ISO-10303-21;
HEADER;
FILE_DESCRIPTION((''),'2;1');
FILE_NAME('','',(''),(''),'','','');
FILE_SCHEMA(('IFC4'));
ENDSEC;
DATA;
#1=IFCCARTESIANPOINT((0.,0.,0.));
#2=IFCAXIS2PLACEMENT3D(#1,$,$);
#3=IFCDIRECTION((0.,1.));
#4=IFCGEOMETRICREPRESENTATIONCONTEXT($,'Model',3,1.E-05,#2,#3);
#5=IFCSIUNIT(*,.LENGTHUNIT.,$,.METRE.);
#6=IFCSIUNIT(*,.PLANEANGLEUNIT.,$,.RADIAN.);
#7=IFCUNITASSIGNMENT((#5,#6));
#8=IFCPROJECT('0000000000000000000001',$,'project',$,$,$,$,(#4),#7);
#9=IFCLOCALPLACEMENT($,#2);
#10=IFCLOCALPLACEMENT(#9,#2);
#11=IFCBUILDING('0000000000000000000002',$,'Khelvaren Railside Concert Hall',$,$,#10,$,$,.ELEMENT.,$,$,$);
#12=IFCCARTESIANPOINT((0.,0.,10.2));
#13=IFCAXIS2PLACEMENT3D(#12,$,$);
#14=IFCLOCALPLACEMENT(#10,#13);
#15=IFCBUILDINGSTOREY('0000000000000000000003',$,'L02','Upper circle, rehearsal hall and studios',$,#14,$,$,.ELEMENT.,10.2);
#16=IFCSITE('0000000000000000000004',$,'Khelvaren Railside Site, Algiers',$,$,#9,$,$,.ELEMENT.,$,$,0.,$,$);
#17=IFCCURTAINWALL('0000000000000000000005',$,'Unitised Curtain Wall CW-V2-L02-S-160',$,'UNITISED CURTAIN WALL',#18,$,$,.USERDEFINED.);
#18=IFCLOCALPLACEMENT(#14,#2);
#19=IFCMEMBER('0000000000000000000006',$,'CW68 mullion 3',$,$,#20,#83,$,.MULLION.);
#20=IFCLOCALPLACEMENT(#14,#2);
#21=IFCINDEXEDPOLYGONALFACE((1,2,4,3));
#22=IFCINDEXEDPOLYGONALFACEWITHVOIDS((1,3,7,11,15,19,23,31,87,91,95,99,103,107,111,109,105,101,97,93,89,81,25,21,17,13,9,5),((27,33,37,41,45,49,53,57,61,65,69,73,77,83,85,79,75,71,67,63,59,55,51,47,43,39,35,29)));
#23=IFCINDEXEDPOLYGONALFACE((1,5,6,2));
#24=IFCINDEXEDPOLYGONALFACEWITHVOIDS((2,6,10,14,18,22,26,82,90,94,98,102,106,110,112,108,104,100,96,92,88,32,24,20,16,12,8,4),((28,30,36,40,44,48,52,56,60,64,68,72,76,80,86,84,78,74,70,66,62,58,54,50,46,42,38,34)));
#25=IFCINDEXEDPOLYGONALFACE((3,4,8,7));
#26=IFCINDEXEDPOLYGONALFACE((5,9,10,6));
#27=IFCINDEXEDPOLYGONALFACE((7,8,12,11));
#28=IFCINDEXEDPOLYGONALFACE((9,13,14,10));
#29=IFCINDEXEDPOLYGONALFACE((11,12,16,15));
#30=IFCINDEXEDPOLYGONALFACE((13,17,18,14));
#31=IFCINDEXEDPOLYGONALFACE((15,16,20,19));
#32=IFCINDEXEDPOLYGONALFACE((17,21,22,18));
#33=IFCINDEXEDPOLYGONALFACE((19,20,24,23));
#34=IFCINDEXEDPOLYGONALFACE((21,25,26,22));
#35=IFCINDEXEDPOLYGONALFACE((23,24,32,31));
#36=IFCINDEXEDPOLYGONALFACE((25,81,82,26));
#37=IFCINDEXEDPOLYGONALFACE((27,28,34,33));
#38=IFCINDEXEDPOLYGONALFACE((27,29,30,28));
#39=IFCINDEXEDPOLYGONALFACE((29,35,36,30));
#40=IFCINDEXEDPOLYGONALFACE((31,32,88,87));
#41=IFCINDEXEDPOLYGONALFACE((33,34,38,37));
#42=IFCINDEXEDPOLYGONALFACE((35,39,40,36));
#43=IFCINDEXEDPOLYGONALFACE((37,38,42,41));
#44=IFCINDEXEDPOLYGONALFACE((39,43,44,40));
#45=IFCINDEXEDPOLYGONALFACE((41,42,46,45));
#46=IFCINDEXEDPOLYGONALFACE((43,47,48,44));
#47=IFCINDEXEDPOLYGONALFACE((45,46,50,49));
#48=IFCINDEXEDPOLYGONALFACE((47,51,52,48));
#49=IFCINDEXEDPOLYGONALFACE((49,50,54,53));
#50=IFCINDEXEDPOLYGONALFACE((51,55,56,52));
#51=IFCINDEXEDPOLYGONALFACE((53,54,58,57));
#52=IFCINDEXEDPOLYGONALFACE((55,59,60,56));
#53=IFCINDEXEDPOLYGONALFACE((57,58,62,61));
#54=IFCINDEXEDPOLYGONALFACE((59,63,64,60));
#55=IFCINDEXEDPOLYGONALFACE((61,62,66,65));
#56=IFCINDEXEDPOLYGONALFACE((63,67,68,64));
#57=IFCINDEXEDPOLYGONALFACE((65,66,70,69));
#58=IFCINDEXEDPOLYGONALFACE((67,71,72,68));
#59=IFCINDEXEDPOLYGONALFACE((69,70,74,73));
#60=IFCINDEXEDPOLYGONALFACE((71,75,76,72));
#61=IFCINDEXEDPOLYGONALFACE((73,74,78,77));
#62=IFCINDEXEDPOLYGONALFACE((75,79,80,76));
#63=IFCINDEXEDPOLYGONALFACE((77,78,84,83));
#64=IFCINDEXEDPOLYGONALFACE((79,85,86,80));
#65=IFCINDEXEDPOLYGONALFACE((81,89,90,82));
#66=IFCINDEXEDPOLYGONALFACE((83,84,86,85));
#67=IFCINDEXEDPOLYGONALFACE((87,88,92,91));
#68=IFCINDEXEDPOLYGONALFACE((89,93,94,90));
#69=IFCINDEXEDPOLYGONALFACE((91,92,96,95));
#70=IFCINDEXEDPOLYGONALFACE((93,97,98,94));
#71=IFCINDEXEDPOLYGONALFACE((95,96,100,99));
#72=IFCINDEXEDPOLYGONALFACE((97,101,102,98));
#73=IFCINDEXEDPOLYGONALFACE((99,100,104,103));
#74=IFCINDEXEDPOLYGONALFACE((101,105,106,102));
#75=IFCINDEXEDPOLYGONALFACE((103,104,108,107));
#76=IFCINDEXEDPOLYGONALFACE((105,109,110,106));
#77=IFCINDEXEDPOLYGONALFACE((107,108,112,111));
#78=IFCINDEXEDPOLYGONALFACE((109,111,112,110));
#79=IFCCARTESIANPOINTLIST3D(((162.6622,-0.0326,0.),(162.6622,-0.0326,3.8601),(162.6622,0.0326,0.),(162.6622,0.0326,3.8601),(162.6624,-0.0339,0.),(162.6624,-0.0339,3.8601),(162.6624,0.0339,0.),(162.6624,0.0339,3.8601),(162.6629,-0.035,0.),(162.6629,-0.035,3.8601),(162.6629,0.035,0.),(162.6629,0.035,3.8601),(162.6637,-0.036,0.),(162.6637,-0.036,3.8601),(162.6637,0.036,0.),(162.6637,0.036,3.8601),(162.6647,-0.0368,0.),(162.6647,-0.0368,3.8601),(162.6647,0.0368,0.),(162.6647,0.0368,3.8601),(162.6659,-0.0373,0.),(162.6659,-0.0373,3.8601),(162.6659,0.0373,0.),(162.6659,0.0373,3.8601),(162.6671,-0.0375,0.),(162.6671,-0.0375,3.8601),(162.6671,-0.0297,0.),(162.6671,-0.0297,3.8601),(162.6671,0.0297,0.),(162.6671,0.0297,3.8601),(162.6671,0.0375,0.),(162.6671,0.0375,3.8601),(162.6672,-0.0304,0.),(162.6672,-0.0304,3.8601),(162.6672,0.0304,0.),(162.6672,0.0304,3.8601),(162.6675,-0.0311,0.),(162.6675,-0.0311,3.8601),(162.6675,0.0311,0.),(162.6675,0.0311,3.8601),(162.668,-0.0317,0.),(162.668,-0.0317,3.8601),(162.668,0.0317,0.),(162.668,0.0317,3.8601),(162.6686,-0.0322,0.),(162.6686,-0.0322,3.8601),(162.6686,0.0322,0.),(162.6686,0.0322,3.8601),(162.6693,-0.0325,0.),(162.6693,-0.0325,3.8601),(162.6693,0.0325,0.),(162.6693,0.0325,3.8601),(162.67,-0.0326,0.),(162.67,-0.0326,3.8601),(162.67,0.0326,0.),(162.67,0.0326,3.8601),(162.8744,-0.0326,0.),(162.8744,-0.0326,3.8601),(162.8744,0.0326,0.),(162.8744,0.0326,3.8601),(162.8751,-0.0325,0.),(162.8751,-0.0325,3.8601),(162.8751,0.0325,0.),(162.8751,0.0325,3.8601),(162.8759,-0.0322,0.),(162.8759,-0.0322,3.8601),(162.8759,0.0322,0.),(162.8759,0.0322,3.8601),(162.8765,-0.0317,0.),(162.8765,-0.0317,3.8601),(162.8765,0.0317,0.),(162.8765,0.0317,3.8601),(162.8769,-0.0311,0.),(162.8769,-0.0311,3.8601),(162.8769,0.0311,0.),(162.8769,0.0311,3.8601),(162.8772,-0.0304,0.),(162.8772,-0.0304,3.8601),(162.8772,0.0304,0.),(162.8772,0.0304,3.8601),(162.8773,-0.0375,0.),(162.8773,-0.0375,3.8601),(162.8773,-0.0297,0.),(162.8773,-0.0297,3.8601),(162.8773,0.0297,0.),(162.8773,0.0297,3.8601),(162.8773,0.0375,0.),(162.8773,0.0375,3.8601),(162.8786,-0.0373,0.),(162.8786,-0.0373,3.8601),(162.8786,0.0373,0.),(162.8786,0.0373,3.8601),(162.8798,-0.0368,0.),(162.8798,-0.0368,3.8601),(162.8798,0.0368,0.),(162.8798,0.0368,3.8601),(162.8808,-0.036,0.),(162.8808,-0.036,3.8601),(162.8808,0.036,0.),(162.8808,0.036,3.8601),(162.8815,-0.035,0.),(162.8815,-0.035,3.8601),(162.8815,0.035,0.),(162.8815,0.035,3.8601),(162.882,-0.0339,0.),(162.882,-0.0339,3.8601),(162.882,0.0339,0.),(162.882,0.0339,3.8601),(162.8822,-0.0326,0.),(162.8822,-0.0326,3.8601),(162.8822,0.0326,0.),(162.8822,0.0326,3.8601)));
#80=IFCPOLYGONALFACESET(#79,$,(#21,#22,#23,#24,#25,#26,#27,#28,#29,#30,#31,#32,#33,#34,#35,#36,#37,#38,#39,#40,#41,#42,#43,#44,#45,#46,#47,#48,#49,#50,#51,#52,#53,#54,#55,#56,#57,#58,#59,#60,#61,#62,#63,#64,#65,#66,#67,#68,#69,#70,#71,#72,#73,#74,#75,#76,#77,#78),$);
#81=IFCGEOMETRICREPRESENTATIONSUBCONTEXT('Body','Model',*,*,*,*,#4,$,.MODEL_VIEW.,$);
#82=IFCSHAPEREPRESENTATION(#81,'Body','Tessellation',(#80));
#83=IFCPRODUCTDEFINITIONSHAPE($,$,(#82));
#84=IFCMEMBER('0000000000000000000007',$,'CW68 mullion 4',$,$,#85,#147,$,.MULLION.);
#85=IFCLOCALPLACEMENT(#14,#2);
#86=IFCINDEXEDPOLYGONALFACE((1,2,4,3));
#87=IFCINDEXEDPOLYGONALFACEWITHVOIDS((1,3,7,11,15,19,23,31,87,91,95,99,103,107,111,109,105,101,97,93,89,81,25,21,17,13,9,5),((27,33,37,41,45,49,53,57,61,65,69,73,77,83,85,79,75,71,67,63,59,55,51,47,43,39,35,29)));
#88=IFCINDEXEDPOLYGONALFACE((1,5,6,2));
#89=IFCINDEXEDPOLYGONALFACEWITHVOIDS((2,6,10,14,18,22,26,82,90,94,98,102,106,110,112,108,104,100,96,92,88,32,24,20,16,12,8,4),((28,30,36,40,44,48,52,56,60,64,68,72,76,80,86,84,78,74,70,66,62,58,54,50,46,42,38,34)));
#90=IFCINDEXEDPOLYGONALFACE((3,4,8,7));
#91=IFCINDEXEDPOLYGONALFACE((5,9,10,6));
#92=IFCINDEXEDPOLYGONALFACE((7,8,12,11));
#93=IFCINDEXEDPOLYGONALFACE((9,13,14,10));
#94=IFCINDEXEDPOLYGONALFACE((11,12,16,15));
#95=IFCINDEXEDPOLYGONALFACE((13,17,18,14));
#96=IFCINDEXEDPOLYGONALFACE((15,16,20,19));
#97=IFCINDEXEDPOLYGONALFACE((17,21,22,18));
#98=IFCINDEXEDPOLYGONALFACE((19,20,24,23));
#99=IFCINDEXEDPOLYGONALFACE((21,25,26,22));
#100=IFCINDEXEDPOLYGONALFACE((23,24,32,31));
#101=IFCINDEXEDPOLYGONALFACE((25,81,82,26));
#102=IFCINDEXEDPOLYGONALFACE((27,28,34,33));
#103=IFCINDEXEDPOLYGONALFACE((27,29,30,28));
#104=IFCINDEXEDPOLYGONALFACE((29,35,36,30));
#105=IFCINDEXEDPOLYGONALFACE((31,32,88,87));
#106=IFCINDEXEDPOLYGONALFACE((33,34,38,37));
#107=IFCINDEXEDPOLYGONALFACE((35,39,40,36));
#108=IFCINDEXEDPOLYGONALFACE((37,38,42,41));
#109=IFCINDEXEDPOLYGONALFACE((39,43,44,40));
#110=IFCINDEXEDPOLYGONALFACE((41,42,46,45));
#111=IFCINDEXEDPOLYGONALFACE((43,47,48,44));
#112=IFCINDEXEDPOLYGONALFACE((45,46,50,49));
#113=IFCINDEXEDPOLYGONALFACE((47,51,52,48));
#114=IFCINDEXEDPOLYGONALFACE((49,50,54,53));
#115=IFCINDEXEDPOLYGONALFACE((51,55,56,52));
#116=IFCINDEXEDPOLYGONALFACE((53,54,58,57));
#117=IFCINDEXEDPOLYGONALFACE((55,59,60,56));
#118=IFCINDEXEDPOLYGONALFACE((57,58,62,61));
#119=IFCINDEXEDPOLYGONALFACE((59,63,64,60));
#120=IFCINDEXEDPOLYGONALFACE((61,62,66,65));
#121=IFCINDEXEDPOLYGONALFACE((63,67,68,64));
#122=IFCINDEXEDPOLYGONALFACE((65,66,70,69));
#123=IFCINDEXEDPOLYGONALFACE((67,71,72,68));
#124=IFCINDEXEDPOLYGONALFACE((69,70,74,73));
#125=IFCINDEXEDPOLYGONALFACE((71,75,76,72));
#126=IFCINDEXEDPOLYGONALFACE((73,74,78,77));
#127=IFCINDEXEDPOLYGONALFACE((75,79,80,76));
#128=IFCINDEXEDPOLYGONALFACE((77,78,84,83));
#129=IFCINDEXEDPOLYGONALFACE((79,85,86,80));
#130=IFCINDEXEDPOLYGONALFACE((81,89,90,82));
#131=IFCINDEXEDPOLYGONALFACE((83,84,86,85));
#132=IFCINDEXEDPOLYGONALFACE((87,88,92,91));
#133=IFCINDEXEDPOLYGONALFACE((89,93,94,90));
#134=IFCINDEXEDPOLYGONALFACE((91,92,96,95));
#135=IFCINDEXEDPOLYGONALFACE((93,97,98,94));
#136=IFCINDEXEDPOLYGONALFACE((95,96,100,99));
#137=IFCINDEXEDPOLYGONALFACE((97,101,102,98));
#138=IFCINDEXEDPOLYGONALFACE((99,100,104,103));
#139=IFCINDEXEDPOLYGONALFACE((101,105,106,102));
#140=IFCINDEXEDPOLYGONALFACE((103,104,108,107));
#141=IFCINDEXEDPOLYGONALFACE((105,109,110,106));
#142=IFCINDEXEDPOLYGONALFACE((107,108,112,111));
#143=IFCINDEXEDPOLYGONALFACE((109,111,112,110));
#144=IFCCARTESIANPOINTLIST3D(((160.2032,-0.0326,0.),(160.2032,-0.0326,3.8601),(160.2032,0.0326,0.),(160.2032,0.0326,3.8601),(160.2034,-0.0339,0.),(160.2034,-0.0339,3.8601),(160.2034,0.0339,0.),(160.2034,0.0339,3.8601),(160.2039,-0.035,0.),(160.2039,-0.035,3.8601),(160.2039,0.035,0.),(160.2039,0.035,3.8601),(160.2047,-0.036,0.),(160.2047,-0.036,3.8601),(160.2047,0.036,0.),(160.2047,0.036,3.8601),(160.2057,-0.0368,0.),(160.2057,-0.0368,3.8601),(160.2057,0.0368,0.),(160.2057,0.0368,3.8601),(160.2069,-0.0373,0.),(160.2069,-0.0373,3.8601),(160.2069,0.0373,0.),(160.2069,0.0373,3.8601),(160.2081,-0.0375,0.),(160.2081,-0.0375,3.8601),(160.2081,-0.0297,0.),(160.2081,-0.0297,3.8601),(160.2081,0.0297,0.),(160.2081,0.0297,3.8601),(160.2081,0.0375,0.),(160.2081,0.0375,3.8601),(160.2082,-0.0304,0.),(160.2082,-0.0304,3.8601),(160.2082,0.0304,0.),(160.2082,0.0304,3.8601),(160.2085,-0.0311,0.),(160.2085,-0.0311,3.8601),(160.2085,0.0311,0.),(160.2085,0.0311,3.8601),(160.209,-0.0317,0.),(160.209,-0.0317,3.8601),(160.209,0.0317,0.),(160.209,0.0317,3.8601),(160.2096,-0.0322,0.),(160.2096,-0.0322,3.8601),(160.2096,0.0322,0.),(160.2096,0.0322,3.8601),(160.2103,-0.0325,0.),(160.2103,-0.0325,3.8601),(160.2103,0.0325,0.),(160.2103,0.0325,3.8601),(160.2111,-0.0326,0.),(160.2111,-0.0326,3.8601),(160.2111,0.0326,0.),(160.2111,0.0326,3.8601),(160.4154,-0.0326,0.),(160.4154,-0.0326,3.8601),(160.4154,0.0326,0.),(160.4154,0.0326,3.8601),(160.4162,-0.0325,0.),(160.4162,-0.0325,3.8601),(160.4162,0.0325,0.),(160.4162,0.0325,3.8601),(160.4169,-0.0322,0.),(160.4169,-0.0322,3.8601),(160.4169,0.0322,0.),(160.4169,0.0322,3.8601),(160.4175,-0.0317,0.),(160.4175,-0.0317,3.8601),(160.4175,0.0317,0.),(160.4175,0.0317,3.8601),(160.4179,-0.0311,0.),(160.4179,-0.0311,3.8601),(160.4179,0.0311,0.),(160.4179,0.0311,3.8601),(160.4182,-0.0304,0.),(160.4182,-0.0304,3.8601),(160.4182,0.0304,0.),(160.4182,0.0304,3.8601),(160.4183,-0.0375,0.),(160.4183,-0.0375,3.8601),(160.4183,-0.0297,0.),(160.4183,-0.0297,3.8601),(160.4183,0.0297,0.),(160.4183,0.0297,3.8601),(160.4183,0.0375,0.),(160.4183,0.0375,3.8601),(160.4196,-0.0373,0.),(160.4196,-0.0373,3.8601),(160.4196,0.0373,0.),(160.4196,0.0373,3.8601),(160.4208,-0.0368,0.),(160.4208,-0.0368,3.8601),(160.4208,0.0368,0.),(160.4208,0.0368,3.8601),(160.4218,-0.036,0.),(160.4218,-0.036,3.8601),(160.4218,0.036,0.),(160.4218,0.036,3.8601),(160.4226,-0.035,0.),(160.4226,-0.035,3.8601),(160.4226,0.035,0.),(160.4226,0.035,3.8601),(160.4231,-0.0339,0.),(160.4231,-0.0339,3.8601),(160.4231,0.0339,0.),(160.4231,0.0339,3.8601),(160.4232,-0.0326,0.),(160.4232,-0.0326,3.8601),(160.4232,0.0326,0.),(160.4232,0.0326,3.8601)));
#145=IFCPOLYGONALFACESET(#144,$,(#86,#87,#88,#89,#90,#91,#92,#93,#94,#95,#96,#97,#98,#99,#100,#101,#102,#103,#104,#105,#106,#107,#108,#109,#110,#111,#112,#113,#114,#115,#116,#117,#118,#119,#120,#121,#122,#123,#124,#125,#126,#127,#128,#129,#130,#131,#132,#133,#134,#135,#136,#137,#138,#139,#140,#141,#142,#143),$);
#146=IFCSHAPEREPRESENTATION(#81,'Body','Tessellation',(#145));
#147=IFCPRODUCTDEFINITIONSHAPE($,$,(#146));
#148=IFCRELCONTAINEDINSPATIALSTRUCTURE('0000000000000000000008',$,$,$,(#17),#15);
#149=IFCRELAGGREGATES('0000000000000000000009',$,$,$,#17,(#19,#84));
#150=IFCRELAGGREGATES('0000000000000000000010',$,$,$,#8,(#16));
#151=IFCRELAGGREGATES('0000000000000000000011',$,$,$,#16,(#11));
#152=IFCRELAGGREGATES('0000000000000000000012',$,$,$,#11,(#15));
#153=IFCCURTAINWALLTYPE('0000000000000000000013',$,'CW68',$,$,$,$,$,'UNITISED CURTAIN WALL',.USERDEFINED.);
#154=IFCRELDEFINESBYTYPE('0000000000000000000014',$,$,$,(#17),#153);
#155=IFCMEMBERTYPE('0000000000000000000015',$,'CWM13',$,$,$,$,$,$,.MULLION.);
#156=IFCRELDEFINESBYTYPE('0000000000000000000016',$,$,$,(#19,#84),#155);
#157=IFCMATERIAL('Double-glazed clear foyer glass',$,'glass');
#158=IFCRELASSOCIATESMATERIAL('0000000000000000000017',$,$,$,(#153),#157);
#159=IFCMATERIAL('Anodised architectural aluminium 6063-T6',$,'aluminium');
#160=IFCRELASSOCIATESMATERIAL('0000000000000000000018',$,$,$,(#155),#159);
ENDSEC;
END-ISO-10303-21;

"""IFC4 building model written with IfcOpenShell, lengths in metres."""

from ifc_helpers import new_model, si_unit, direction, frame, origin, origin_2d, place, context, subcontext, project, spatial, hollow_rectangle, extrude, material, material_profile, profile_set, type_object, element, aggregate, save


model = new_model("IFC4")

# Units and contexts
model_context = context("Model", 3, precision=1e-05, world=origin(), true_north=direction((0.0, 1.0)))
body_context = subcontext(model_context, "Body", "Model", "MODEL_VIEW")
ifc_project = project(units=[si_unit("LENGTHUNIT", "METRE"), si_unit("PLANEANGLEUNIT", "RADIAN")], contexts=[model_context])

# Site, building, storey
site_placement = place(None, origin())
site = spatial("IfcSite", under=ifc_project, at=site_placement, Name="Khelvaren Railside Site, Algiers", CompositionType="ELEMENT", RefElevation=0.0)
building_placement = place(site_placement, origin())
building = spatial("IfcBuilding", under=site, at=building_placement, Name="Khelvaren Railside Concert Hall", CompositionType="ELEMENT")
storey_placement = place(building_placement, frame((0.0, 0.0, 10.2)))
storey = spatial("IfcBuildingStorey", under=building, at=storey_placement, Name="L02", Description="Upper circle, rehearsal hall and studios", CompositionType="ELEMENT", Elevation=10.2)

# Curtain wall, members
ifc_material_1 = material(Name="Double-glazed clear foyer glass", Category="glass")
curtain_wall_type = type_object("IfcCurtainWallType", Name="CW68", ElementType="UNITISED CURTAIN WALL", PredefinedType="USERDEFINED", material=ifc_material_1)
curtain_wall_placement = place(storey_placement, origin())
curtain_wall = element("IfcCurtainWall", 1, at=curtain_wall_placement, inside=storey, type_object=curtain_wall_type, Name="Unitised Curtain Wall CW-V2-L02-S-160", ObjectType="UNITISED CURTAIN WALL", PredefinedType="USERDEFINED")
ifc_material_2 = material(Name="Anodised architectural aluminium 6063-T6", Category="aluminium")
ifc_material_profile_1 = material_profile(ifc_material_2, hollow_rectangle(XDim=0.075, YDim=0.22, WallThickness=0.0049, InnerFilletRadius=0.0029, OuterFilletRadius=0.0049, at=origin_2d()), Name="CWM 75x220x5")
ifc_profile_set_1 = profile_set([ifc_material_profile_1], Name="Anodised architectural aluminium 6063-T6")
member_type_1 = type_object("IfcMemberType", Name="CWM13", PredefinedType="MULLION", material=ifc_profile_set_1)
member_1_placement = place(storey_placement, frame((162.7722, 0.0, 0.0), z_axis=(0.0, 0.0, 1.0), x_axis=(0.0, -1.0, 0.0)))
member_1 = element("IfcMember", 2, at=member_1_placement, type_object=member_type_1, Name="CW68 mullion 3", PredefinedType="MULLION", context=body_context, shape_type="SweptSolid", body=[
    extrude(hollow_rectangle(XDim=0.075, YDim=0.22, WallThickness=0.0049, InnerFilletRadius=0.0029, OuterFilletRadius=0.0049, at=origin_2d()), origin(), (0.0, 0.0, 1.0), 3.8601),
])
member_2_placement = place(storey_placement, frame((160.3132, 0.0, 0.0), z_axis=(0.0, 0.0, 1.0), x_axis=(0.0, -1.0, 0.0)))
member_2 = element("IfcMember", 3, at=member_2_placement, type_object=member_type_1, Name="CW68 mullion 4", PredefinedType="MULLION", context=body_context, shape_type="SweptSolid", body=[
    extrude(hollow_rectangle(XDim=0.075, YDim=0.22, WallThickness=0.0049, InnerFilletRadius=0.0029, OuterFilletRadius=0.0049, at=origin_2d()), origin(), (0.0, 0.0, 1.0), 3.8601),
])

aggregate(curtain_wall, [member_1, member_2])

save(model, "model.ifc")
